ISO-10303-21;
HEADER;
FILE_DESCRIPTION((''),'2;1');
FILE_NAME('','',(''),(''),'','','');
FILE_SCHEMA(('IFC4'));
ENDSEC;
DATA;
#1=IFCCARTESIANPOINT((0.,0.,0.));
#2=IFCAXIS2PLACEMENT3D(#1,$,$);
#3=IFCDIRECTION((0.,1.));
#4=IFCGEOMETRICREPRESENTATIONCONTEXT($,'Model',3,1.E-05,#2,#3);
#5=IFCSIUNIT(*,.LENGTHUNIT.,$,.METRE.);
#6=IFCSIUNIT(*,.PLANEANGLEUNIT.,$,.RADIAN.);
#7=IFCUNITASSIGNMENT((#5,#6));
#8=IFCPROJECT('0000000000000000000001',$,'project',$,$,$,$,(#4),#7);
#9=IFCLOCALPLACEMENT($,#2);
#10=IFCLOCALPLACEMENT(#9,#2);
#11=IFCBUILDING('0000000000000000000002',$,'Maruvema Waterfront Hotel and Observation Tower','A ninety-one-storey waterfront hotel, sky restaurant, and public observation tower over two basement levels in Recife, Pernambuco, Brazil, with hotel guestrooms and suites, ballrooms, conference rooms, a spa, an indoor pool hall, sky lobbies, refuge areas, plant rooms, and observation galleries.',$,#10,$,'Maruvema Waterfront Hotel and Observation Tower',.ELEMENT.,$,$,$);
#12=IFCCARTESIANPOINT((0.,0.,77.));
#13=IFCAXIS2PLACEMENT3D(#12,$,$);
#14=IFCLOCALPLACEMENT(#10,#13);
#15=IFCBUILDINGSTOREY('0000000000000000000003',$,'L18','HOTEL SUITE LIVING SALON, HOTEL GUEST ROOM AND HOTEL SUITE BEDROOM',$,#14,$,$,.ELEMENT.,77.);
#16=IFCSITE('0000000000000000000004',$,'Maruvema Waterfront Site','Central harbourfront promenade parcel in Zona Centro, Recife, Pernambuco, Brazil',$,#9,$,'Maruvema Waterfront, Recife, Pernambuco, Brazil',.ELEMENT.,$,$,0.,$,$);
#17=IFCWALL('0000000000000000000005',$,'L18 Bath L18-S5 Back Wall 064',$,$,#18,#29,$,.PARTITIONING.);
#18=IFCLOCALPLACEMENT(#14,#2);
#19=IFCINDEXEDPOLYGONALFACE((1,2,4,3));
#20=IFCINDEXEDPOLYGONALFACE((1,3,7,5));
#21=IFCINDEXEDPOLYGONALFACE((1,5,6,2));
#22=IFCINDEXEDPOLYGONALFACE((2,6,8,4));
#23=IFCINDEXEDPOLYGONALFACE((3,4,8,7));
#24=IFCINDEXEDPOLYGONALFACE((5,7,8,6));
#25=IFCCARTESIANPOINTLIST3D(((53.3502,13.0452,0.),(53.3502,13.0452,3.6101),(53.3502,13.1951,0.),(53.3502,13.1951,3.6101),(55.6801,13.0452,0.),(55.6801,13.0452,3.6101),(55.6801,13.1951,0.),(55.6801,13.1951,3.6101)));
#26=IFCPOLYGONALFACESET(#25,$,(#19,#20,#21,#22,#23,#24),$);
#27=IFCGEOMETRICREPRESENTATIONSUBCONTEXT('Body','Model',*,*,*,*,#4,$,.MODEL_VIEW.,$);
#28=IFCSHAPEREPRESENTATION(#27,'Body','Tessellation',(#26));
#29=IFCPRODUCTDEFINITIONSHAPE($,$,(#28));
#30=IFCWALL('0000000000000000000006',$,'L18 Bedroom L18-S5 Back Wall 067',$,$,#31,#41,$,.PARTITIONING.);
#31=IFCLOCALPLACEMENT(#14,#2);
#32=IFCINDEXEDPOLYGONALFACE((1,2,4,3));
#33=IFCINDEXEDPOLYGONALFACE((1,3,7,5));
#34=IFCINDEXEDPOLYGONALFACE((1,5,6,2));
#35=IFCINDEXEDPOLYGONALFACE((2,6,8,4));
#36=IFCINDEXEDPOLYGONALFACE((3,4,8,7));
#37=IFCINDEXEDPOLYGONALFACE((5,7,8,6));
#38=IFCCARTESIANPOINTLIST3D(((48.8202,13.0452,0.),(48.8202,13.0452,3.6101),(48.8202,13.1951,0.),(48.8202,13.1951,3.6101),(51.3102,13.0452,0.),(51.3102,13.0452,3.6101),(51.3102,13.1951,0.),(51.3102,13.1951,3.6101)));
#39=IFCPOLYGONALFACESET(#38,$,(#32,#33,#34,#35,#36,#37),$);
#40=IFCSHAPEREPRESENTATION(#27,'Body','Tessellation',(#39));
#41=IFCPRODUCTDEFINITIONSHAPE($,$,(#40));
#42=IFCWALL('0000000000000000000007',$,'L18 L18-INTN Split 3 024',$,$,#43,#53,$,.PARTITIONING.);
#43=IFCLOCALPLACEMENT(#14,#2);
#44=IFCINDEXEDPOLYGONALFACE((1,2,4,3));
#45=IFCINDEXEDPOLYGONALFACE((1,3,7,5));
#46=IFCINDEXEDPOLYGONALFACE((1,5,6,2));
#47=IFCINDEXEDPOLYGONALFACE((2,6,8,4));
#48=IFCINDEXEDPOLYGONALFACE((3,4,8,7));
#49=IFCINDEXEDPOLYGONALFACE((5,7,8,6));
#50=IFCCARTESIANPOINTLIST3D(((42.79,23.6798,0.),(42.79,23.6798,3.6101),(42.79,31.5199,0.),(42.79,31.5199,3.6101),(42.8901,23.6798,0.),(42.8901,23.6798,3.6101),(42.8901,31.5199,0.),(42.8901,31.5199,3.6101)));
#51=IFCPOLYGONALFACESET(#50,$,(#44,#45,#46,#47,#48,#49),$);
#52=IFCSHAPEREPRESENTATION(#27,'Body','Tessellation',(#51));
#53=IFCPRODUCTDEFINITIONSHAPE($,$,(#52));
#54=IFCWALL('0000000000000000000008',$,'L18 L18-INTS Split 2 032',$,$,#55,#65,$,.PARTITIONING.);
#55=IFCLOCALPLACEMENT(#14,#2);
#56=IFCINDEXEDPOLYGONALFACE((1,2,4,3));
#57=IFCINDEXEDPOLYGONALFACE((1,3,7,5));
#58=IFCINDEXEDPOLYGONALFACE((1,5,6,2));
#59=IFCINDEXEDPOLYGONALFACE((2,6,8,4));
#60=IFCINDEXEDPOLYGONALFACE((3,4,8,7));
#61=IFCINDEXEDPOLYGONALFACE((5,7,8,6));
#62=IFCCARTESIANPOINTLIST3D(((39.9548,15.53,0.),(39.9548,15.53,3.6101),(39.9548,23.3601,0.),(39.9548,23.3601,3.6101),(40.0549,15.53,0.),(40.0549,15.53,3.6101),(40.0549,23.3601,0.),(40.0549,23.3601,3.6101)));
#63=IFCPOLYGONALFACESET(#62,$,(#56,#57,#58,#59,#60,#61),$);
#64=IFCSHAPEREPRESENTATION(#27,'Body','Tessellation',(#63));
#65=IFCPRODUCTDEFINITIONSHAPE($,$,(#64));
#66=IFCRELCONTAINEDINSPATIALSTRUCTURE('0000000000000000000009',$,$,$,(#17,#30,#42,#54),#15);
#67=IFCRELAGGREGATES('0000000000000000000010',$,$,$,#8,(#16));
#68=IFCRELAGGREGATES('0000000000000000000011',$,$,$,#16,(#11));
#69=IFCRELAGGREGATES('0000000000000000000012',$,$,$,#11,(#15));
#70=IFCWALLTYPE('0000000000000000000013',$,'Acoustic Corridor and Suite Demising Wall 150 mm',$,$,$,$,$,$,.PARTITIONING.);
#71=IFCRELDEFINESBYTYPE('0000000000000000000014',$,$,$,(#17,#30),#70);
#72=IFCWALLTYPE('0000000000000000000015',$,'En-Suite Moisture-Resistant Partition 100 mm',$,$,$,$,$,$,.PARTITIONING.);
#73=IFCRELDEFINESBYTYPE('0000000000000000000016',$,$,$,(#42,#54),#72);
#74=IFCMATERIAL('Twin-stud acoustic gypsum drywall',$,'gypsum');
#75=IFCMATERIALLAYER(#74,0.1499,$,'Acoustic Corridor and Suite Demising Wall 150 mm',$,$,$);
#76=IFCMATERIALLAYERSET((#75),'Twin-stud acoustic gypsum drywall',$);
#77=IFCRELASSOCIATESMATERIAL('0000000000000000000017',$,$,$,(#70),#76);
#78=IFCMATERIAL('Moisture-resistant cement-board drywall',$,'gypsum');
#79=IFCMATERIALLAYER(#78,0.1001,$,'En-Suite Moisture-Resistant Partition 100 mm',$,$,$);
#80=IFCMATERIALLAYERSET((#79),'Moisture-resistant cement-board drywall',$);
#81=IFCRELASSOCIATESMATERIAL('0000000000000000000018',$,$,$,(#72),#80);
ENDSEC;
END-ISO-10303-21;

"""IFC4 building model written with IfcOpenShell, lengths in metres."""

from ifc_helpers import new_model, si_unit, direction, frame, frame_2d, origin, place, context, subcontext, project, spatial, rectangle, extrude, material, layer, layer_set, type_object, element, save


model = new_model("IFC4")

# Units and contexts
model_context = context("Model", 3, precision=1e-05, world=origin(), true_north=direction((0.0, 1.0)))
body_context = subcontext(model_context, "Body", "Model", "MODEL_VIEW")
ifc_project = project(units=[si_unit("LENGTHUNIT", "METRE"), si_unit("PLANEANGLEUNIT", "RADIAN")], contexts=[model_context])

# Site, building, storey
site_placement = place(None, origin())
site = spatial("IfcSite", under=ifc_project, at=site_placement, Name="Maruvema Waterfront Site", Description="Central harbourfront promenade parcel in Zona Centro, Recife, Pernambuco, Brazil", LongName="Maruvema Waterfront, Recife, Pernambuco, Brazil", CompositionType="ELEMENT", RefElevation=0.0)
building_placement = place(site_placement, origin())
building = spatial("IfcBuilding", under=site, at=building_placement, Name="Maruvema Waterfront Hotel and Observation Tower", Description="A ninety-one-storey waterfront hotel, sky restaurant, and public observation tower over two basement levels in Recife, Pernambuco, Brazil, with hotel guestrooms and suites, ballrooms, conference rooms, a spa, an indoor pool hall, sky lobbies, refuge areas, plant rooms, and observation galleries.", LongName="Maruvema Waterfront Hotel and Observation Tower", CompositionType="ELEMENT")
storey_placement = place(building_placement, frame((0.0, 0.0, 77.0)))
storey = spatial("IfcBuildingStorey", under=building, at=storey_placement, Name="L18", Description="HOTEL SUITE LIVING SALON, HOTEL GUEST ROOM AND HOTEL SUITE BEDROOM", CompositionType="ELEMENT", Elevation=77.0)

# Shared definitions
ifc_material_1 = material(Name="Twin-stud acoustic gypsum drywall", Category="gypsum")
ifc_layer_1 = layer(ifc_material_1, 0.1499, Name="Acoustic Corridor and Suite Demising Wall 150 mm")
ifc_layer_set_1 = layer_set([ifc_layer_1], Name="Twin-stud acoustic gypsum drywall")
wall_type_1 = type_object("IfcWallType", Name="Acoustic Corridor and Suite Demising Wall 150 mm", PredefinedType="PARTITIONING", material=ifc_layer_set_1)

# Walls
wall_1_placement = place(storey_placement, frame((53.3501, 13.1201, 0.0), z_axis=(0.0, 0.0, 1.0), x_axis=(1.0, 0.0, 0.0)))
element("IfcWall", 1, at=wall_1_placement, inside=storey, type_object=wall_type_1, Name="L18 Bath L18-S5 Back Wall 064", PredefinedType="PARTITIONING", context=body_context, shape_type="SweptSolid", body=[
    extrude(rectangle(XDim=2.3298, YDim=0.1499, at=frame_2d((1.165, 0.0))), origin(), (0.0, 0.0, 1.0), 3.6101),
])
wall_2_placement = place(storey_placement, frame((48.8201, 13.1201, 0.0), z_axis=(0.0, 0.0, 1.0), x_axis=(1.0, 0.0, 0.0)))
element("IfcWall", 2, at=wall_2_placement, inside=storey, type_object=wall_type_1, Name="L18 Bedroom L18-S5 Back Wall 067", PredefinedType="PARTITIONING", context=body_context, shape_type="SweptSolid", body=[
    extrude(rectangle(XDim=2.49, YDim=0.1499, at=frame_2d((1.2451, 0.0))), origin(), (0.0, 0.0, 1.0), 3.6101),
])

# Walls
ifc_material_2 = material(Name="Moisture-resistant cement-board drywall", Category="gypsum")
ifc_layer_2 = layer(ifc_material_2, 0.1001, Name="En-Suite Moisture-Resistant Partition 100 mm")
ifc_layer_set_2 = layer_set([ifc_layer_2], Name="Moisture-resistant cement-board drywall")
wall_type_2 = type_object("IfcWallType", Name="En-Suite Moisture-Resistant Partition 100 mm", PredefinedType="PARTITIONING", material=ifc_layer_set_2)
wall_3_placement = place(storey_placement, frame((42.8401, 23.6799, 0.0), z_axis=(0.0, 0.0, 1.0), x_axis=(0.0, 1.0, 0.0)))
element("IfcWall", 3, at=wall_3_placement, inside=storey, type_object=wall_type_2, Name="L18 L18-INTN Split 3 024", PredefinedType="PARTITIONING", context=body_context, shape_type="SweptSolid", body=[
    extrude(rectangle(XDim=7.8401, YDim=0.1001, at=frame_2d((3.9199, 0.0))), origin(), (0.0, 0.0, 1.0), 3.6101),
])
wall_4_placement = place(storey_placement, frame((40.0049, 15.53, 0.0), z_axis=(0.0, 0.0, 1.0), x_axis=(0.0, 1.0, 0.0)))
element("IfcWall", 4, at=wall_4_placement, inside=storey, type_object=wall_type_2, Name="L18 L18-INTS Split 2 032", PredefinedType="PARTITIONING", context=body_context, shape_type="SweptSolid", body=[
    extrude(rectangle(XDim=7.8301, YDim=0.1001, at=frame_2d((3.915, 0.0))), origin(), (0.0, 0.0, 1.0), 3.6101),
])

save(model, "model.ifc")
